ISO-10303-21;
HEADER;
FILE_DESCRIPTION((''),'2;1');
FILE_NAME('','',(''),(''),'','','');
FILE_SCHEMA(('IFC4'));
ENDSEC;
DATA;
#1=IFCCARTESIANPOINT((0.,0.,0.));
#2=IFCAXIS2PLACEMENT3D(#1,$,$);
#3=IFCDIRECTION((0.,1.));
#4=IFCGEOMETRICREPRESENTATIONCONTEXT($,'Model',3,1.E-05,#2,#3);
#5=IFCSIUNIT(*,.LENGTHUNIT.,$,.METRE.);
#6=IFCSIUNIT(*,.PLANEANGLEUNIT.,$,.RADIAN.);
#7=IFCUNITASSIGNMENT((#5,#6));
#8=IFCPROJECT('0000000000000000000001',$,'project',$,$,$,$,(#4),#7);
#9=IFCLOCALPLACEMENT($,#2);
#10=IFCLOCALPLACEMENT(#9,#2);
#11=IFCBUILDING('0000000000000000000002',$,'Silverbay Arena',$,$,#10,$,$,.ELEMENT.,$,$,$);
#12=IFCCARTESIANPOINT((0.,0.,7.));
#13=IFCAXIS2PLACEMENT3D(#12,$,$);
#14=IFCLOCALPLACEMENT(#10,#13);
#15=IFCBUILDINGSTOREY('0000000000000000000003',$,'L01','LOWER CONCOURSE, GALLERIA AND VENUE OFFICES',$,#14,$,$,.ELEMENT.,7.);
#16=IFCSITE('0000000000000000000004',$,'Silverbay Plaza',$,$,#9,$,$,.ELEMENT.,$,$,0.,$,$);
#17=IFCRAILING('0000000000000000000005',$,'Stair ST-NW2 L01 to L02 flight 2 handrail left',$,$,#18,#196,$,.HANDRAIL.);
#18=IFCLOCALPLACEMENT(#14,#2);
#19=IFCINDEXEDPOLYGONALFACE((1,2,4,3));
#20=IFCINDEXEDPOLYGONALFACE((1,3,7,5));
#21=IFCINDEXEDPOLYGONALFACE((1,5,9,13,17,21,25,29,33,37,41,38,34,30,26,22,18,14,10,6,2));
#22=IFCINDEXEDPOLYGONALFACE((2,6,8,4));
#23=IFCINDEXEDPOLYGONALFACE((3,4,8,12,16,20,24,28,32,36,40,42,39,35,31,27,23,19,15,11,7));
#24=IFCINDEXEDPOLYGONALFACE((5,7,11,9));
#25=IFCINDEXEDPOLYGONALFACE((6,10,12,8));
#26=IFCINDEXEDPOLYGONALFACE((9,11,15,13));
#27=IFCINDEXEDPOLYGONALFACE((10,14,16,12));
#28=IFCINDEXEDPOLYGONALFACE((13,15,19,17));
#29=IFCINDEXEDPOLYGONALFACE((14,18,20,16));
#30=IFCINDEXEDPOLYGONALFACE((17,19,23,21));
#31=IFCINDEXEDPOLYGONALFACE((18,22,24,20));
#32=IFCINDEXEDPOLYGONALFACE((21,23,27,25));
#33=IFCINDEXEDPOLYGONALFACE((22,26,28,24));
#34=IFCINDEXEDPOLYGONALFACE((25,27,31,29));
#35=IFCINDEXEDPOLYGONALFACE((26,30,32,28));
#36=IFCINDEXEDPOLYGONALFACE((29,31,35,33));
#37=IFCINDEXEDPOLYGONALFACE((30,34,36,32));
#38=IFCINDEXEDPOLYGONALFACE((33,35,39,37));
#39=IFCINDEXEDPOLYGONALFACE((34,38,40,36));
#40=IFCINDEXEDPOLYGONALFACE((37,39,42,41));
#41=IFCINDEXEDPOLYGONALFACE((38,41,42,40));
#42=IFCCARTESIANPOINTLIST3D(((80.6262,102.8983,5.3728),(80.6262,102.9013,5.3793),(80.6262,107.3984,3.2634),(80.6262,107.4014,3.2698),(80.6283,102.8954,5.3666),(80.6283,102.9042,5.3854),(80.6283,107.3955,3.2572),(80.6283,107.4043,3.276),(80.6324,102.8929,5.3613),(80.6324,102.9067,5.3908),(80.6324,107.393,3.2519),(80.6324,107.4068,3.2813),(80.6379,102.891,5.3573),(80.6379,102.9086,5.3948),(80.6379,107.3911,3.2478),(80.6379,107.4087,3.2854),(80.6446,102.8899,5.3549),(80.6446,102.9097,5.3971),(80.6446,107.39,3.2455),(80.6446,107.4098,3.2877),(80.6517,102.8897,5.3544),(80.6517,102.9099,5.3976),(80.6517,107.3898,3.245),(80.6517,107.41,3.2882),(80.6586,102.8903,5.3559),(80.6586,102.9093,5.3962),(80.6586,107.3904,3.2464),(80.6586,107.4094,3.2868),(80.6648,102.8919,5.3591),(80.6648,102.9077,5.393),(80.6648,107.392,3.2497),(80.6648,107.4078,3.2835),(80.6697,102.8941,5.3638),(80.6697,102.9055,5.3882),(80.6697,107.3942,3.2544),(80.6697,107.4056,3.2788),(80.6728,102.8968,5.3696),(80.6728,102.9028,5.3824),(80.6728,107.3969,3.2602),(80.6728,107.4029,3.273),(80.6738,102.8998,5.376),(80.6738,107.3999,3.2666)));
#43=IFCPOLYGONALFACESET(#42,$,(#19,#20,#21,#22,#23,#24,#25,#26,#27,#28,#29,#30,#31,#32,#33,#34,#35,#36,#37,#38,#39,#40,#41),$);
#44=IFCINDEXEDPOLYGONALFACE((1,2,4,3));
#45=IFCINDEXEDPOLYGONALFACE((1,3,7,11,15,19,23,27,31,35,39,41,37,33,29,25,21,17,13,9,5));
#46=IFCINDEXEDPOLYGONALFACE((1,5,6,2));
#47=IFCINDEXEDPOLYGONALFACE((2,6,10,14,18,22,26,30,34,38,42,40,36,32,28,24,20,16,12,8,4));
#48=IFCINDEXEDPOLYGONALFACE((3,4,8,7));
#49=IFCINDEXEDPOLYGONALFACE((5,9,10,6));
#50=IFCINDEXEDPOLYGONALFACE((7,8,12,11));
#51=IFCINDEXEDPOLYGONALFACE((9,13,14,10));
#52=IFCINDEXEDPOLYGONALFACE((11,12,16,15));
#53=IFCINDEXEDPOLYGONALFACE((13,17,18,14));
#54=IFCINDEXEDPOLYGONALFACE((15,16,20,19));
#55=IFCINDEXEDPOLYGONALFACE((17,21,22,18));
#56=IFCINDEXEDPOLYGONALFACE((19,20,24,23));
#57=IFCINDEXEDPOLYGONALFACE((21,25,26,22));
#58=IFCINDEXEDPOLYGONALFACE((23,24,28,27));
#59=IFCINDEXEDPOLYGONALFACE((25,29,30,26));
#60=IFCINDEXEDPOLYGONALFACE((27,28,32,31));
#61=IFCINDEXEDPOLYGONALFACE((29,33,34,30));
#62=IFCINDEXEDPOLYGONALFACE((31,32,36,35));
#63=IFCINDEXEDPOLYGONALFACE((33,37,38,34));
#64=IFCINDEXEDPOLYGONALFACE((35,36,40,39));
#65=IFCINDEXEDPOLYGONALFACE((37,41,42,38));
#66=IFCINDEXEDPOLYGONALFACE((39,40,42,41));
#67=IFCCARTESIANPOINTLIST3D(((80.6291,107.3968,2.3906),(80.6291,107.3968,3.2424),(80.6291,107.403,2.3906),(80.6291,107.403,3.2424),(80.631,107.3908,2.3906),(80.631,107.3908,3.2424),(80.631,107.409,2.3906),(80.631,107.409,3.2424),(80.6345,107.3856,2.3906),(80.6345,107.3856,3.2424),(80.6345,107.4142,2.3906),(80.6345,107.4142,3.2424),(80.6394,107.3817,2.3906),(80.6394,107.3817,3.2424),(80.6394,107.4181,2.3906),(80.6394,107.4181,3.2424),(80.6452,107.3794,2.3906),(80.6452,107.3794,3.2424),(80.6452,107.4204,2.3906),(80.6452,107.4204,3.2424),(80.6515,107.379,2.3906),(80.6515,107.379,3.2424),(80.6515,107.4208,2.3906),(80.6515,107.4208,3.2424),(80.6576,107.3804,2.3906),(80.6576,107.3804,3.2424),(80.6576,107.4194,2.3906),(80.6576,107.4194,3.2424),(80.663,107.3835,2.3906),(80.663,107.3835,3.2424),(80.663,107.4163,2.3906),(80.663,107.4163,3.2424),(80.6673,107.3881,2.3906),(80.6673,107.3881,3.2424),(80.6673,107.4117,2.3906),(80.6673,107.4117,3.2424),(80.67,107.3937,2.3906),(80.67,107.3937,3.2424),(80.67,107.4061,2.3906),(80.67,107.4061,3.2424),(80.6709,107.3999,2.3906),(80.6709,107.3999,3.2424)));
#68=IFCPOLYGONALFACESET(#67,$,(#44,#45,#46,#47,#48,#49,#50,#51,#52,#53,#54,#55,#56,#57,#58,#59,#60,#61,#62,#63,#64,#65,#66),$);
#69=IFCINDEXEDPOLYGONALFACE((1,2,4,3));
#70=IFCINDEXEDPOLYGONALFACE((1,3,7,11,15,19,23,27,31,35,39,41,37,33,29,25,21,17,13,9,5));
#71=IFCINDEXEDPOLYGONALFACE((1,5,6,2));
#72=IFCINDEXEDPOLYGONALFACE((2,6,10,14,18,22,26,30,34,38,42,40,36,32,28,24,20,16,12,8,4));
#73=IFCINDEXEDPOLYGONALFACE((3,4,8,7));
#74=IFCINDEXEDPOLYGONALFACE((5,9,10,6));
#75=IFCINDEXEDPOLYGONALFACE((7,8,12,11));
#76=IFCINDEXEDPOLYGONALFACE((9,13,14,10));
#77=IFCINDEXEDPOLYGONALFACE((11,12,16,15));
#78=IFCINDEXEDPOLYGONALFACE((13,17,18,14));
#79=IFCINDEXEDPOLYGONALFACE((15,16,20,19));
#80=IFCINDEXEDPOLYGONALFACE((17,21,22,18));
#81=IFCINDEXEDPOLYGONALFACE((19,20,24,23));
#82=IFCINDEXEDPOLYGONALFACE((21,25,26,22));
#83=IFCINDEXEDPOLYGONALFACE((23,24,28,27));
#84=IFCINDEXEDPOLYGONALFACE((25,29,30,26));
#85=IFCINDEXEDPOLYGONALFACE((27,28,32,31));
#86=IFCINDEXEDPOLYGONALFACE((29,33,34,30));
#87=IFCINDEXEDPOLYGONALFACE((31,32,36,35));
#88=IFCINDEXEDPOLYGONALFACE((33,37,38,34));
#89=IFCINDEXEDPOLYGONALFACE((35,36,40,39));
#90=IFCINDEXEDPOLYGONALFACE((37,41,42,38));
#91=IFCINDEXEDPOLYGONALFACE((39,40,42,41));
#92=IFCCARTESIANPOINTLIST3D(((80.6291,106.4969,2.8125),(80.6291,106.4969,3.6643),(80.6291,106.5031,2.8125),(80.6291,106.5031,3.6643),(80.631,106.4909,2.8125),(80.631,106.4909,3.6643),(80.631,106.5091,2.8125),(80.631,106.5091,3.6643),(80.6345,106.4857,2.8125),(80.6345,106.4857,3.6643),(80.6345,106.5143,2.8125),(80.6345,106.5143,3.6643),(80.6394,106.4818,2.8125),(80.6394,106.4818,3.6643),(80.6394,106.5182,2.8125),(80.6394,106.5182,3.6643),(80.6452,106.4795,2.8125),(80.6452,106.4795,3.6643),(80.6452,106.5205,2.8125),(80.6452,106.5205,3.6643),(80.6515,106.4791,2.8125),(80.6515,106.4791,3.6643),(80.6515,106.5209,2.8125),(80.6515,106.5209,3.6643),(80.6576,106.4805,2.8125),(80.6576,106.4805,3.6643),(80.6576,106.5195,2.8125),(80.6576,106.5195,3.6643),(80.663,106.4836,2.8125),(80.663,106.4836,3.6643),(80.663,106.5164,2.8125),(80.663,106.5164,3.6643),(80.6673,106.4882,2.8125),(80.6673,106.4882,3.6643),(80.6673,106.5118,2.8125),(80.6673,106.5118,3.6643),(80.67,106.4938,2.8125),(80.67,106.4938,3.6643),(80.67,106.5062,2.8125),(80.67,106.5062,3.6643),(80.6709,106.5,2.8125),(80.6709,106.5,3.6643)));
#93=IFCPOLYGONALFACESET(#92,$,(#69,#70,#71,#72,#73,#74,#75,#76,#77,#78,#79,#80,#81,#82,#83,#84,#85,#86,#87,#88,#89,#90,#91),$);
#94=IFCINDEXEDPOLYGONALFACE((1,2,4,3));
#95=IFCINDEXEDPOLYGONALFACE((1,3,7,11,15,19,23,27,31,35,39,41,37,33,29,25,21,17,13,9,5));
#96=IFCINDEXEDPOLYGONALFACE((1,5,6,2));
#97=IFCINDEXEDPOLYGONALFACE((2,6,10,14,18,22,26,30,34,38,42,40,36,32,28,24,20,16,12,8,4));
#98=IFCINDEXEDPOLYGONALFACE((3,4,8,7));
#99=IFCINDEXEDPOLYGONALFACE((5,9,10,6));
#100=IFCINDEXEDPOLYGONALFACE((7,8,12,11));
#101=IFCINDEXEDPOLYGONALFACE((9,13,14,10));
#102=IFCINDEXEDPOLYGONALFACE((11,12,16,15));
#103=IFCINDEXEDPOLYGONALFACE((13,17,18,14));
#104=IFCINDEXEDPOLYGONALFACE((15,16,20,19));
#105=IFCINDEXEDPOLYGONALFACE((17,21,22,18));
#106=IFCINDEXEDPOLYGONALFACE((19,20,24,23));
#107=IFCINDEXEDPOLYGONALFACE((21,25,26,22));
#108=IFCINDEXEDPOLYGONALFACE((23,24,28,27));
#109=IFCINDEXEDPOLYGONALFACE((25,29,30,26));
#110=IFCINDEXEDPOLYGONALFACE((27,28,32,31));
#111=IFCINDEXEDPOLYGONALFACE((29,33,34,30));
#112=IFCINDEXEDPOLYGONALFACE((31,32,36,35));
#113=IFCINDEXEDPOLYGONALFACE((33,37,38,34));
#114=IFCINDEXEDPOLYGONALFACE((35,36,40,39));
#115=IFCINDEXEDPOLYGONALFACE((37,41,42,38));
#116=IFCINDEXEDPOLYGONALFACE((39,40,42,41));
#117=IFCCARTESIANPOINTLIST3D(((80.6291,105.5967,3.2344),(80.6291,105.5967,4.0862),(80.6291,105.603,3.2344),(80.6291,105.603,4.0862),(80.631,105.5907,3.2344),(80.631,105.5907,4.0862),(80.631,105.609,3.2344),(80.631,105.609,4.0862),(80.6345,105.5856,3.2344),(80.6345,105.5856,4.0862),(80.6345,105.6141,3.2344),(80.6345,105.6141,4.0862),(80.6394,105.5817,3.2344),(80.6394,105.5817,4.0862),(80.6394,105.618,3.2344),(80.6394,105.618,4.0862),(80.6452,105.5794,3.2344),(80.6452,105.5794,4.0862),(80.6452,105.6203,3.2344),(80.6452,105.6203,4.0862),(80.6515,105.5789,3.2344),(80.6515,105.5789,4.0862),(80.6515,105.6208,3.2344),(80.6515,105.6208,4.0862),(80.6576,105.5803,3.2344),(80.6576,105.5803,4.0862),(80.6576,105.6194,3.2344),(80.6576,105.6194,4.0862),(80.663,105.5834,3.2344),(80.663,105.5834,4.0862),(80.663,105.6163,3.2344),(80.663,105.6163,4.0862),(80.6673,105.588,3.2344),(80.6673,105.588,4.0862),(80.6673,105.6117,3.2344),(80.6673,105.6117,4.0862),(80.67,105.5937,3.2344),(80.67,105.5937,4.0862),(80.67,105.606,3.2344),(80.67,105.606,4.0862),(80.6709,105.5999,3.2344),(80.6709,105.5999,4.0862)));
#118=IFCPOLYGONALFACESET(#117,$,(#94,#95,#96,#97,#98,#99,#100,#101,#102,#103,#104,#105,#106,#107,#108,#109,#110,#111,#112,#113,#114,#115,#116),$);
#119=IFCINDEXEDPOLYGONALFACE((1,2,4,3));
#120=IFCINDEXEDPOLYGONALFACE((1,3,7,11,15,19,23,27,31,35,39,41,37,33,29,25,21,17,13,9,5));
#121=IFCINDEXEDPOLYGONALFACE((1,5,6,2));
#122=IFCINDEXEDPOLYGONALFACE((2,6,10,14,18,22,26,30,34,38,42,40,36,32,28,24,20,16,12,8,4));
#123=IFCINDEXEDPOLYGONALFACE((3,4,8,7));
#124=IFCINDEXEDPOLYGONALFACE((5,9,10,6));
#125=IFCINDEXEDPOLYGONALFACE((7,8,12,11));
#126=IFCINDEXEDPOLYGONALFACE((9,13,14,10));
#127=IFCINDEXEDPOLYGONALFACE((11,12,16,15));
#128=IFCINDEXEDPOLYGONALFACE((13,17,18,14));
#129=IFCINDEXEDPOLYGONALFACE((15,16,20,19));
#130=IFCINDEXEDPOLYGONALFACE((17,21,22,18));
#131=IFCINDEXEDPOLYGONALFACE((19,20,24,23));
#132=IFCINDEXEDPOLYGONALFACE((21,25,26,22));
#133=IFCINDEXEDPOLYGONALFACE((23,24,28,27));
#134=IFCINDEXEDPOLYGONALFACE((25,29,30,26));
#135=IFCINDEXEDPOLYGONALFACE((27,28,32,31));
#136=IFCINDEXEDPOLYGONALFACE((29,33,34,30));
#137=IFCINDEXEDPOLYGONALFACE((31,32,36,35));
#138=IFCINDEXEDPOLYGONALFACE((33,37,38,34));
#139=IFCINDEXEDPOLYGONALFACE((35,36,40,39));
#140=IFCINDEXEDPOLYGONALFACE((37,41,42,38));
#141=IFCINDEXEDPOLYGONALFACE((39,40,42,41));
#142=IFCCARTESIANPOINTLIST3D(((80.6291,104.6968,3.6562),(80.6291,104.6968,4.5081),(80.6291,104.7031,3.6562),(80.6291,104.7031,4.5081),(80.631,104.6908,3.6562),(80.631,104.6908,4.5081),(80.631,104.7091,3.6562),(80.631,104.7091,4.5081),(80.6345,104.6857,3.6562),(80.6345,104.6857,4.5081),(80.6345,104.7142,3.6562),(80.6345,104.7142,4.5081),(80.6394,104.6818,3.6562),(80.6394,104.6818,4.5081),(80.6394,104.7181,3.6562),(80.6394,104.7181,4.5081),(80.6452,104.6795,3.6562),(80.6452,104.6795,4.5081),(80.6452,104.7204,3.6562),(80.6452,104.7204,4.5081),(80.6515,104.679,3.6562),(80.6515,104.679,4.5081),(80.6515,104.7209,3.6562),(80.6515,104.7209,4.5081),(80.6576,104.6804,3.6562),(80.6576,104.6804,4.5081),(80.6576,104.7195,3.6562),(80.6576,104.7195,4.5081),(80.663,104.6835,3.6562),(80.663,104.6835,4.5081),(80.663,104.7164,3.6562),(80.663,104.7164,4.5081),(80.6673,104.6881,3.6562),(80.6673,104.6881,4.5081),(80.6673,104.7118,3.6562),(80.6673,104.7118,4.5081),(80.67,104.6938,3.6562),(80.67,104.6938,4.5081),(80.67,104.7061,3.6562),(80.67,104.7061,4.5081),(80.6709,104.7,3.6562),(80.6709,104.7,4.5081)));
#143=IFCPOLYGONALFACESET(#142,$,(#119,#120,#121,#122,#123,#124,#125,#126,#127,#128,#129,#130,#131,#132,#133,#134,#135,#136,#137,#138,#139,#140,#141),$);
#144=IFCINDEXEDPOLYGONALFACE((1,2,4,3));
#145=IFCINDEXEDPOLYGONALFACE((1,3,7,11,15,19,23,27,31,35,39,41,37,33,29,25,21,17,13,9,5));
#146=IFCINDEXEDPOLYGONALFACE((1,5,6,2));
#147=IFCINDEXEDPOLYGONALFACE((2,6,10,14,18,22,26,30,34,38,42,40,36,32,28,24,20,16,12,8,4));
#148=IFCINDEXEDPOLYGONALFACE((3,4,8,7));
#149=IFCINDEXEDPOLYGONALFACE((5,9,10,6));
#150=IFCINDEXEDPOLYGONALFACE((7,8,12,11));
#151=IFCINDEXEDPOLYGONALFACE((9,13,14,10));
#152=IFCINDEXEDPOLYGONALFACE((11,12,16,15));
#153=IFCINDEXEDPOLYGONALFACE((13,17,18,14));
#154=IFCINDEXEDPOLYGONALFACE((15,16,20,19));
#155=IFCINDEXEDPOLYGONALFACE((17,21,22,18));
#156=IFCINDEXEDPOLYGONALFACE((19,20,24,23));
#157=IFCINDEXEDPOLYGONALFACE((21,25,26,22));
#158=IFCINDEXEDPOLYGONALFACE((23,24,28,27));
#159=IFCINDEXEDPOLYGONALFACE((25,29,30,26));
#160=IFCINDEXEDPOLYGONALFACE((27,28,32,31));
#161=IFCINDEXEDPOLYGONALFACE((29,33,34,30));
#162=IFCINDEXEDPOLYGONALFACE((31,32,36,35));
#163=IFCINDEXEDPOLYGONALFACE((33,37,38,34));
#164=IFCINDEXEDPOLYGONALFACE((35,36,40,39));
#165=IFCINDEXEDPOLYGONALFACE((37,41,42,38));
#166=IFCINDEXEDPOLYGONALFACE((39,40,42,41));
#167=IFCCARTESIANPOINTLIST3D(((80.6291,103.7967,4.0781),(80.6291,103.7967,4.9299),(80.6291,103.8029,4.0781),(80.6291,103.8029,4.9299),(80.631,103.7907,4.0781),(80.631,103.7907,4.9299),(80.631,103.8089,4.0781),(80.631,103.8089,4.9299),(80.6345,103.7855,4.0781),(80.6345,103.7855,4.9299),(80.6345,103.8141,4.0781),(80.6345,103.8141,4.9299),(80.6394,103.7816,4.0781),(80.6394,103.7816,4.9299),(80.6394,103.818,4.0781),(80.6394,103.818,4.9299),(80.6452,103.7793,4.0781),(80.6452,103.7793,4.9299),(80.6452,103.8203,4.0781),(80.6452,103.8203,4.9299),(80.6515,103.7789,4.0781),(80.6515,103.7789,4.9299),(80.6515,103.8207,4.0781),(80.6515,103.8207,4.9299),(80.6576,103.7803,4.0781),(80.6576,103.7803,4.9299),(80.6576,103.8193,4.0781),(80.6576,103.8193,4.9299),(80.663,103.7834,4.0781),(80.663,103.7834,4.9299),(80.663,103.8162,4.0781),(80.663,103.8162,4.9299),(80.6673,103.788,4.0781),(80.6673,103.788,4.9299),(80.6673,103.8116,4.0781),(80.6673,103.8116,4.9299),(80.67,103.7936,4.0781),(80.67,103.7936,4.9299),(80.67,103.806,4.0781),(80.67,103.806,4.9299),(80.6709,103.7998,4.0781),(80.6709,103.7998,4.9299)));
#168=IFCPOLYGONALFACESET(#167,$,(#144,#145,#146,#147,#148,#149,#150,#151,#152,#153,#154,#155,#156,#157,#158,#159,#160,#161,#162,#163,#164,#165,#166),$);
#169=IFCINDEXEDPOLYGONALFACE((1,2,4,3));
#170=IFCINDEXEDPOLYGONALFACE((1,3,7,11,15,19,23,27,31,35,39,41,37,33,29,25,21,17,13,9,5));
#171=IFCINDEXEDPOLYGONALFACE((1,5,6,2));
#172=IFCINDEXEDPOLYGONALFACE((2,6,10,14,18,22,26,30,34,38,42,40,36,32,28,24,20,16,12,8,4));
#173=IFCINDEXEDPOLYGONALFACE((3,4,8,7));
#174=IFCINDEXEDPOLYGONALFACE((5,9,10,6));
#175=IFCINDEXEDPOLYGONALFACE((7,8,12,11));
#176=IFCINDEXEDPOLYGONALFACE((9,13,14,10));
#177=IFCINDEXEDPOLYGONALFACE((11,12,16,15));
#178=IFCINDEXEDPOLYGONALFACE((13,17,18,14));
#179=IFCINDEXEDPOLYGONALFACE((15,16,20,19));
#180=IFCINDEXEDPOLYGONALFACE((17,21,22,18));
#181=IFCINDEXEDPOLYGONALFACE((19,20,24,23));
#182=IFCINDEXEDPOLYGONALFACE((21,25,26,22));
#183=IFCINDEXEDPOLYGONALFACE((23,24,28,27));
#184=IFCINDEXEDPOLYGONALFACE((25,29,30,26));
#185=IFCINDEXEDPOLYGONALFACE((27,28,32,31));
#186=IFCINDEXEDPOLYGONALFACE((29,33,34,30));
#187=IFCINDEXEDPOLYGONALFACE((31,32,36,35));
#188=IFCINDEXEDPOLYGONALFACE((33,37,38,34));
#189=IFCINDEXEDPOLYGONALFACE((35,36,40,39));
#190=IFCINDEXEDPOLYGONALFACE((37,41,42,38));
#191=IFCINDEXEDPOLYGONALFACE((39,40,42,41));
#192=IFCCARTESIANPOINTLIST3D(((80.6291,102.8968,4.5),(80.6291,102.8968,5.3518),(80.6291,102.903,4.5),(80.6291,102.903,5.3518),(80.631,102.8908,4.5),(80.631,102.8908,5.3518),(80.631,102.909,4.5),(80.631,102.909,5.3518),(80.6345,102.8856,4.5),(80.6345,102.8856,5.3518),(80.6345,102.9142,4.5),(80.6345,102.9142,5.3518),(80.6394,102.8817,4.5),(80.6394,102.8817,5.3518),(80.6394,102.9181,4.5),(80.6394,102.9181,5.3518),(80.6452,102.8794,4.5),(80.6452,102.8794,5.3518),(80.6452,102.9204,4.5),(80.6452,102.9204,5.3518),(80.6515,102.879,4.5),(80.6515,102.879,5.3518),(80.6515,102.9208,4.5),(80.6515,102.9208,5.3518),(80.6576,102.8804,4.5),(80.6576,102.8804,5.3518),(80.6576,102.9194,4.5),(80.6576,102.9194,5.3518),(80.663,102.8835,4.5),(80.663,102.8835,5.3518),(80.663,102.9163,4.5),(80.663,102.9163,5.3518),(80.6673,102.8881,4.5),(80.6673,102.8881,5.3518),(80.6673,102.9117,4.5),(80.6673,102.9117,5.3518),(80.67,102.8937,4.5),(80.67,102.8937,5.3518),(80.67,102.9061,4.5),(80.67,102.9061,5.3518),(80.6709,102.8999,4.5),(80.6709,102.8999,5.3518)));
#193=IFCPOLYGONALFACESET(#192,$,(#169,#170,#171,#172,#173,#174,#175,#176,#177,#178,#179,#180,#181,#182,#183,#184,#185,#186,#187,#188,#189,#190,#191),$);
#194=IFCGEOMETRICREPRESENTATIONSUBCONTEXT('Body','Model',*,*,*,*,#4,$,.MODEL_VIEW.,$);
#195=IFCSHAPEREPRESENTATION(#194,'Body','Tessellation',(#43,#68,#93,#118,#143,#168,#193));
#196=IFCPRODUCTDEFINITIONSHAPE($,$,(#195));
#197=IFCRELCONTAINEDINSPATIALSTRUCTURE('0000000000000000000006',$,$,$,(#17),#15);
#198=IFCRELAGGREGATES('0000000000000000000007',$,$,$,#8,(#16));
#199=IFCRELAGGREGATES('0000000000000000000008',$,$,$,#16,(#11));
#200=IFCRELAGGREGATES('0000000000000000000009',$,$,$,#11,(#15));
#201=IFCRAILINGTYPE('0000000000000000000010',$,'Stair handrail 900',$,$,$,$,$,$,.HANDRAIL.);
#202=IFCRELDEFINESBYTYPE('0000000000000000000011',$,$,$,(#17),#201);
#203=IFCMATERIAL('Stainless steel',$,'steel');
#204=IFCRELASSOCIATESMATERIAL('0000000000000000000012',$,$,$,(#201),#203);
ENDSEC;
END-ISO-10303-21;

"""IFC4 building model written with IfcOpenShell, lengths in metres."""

from ifc_helpers import new_model, si_unit, direction, frame, origin, origin_2d, place, context, subcontext, project, spatial, circle, extrude, material, type_object, element, save


model = new_model("IFC4")

# Units and contexts
model_context = context("Model", 3, precision=1e-05, world=origin(), true_north=direction((0.0, 1.0)))
body_context = subcontext(model_context, "Body", "Model", "MODEL_VIEW")
ifc_project = project(units=[si_unit("LENGTHUNIT", "METRE"), si_unit("PLANEANGLEUNIT", "RADIAN")], contexts=[model_context])

# Site, building, storey
site_placement = place(None, origin())
site = spatial("IfcSite", under=ifc_project, at=site_placement, Name="Silverbay Plaza", CompositionType="ELEMENT", RefElevation=0.0)
building_placement = place(site_placement, origin())
building = spatial("IfcBuilding", under=site, at=building_placement, Name="Silverbay Arena", CompositionType="ELEMENT")
storey_placement = place(building_placement, frame((0.0, 0.0, 7.0)))
storey = spatial("IfcBuildingStorey", under=building, at=storey_placement, Name="L01", Description="LOWER CONCOURSE, GALLERIA AND VENUE OFFICES", CompositionType="ELEMENT", Elevation=7.0)

# Railing
ifc_material_1 = material(Name="Stainless steel", Category="steel")
railing_type_1 = type_object("IfcRailingType", Name="Stair handrail 900", PredefinedType="HANDRAIL", material=ifc_material_1)
for number, where, name in (
    (1, (80.6499, 107.3999, 2.3906), "Stair ST-NW2 L01 to L02 flight 2 handrail left"),
):
    element("IfcRailing", number, at=place(storey_placement, frame(where)), inside=storey, type_object=railing_type_1, Name=name, PredefinedType="HANDRAIL", context=body_context, shape_type="SweptSolid", body=[
        extrude(circle(Radius=0.0239, at=origin_2d()), frame((0.0, 0.0, 0.876), z_axis=(0.0, -0.905459, 0.424434), x_axis=(1.0, 0.0, 0.0)), (0.0, 0.0, 1.0), 4.97),
        extrude(circle(Radius=0.021, at=origin_2d()), origin(), (0.0, 0.0, 1.0), 0.8518),
        extrude(circle(Radius=0.021, at=origin_2d()), frame((0.0, -0.8999, 0.4219)), (0.0, 0.0, 1.0), 0.8518),
        extrude(circle(Radius=0.021, at=origin_2d()), frame((0.0, -1.8, 0.8438)), (0.0, 0.0, 1.0), 0.8518),
        extrude(circle(Radius=0.021, at=origin_2d()), frame((0.0, -2.7, 1.2656)), (0.0, 0.0, 1.0), 0.8518),
        extrude(circle(Radius=0.021, at=origin_2d()), frame((0.0, -3.6001, 1.6875)), (0.0, 0.0, 1.0), 0.8518),
        extrude(circle(Radius=0.021, at=origin_2d()), frame((0.0, -4.5, 2.1094)), (0.0, 0.0, 1.0), 0.8518),
    ])

save(model, "model.ifc")
